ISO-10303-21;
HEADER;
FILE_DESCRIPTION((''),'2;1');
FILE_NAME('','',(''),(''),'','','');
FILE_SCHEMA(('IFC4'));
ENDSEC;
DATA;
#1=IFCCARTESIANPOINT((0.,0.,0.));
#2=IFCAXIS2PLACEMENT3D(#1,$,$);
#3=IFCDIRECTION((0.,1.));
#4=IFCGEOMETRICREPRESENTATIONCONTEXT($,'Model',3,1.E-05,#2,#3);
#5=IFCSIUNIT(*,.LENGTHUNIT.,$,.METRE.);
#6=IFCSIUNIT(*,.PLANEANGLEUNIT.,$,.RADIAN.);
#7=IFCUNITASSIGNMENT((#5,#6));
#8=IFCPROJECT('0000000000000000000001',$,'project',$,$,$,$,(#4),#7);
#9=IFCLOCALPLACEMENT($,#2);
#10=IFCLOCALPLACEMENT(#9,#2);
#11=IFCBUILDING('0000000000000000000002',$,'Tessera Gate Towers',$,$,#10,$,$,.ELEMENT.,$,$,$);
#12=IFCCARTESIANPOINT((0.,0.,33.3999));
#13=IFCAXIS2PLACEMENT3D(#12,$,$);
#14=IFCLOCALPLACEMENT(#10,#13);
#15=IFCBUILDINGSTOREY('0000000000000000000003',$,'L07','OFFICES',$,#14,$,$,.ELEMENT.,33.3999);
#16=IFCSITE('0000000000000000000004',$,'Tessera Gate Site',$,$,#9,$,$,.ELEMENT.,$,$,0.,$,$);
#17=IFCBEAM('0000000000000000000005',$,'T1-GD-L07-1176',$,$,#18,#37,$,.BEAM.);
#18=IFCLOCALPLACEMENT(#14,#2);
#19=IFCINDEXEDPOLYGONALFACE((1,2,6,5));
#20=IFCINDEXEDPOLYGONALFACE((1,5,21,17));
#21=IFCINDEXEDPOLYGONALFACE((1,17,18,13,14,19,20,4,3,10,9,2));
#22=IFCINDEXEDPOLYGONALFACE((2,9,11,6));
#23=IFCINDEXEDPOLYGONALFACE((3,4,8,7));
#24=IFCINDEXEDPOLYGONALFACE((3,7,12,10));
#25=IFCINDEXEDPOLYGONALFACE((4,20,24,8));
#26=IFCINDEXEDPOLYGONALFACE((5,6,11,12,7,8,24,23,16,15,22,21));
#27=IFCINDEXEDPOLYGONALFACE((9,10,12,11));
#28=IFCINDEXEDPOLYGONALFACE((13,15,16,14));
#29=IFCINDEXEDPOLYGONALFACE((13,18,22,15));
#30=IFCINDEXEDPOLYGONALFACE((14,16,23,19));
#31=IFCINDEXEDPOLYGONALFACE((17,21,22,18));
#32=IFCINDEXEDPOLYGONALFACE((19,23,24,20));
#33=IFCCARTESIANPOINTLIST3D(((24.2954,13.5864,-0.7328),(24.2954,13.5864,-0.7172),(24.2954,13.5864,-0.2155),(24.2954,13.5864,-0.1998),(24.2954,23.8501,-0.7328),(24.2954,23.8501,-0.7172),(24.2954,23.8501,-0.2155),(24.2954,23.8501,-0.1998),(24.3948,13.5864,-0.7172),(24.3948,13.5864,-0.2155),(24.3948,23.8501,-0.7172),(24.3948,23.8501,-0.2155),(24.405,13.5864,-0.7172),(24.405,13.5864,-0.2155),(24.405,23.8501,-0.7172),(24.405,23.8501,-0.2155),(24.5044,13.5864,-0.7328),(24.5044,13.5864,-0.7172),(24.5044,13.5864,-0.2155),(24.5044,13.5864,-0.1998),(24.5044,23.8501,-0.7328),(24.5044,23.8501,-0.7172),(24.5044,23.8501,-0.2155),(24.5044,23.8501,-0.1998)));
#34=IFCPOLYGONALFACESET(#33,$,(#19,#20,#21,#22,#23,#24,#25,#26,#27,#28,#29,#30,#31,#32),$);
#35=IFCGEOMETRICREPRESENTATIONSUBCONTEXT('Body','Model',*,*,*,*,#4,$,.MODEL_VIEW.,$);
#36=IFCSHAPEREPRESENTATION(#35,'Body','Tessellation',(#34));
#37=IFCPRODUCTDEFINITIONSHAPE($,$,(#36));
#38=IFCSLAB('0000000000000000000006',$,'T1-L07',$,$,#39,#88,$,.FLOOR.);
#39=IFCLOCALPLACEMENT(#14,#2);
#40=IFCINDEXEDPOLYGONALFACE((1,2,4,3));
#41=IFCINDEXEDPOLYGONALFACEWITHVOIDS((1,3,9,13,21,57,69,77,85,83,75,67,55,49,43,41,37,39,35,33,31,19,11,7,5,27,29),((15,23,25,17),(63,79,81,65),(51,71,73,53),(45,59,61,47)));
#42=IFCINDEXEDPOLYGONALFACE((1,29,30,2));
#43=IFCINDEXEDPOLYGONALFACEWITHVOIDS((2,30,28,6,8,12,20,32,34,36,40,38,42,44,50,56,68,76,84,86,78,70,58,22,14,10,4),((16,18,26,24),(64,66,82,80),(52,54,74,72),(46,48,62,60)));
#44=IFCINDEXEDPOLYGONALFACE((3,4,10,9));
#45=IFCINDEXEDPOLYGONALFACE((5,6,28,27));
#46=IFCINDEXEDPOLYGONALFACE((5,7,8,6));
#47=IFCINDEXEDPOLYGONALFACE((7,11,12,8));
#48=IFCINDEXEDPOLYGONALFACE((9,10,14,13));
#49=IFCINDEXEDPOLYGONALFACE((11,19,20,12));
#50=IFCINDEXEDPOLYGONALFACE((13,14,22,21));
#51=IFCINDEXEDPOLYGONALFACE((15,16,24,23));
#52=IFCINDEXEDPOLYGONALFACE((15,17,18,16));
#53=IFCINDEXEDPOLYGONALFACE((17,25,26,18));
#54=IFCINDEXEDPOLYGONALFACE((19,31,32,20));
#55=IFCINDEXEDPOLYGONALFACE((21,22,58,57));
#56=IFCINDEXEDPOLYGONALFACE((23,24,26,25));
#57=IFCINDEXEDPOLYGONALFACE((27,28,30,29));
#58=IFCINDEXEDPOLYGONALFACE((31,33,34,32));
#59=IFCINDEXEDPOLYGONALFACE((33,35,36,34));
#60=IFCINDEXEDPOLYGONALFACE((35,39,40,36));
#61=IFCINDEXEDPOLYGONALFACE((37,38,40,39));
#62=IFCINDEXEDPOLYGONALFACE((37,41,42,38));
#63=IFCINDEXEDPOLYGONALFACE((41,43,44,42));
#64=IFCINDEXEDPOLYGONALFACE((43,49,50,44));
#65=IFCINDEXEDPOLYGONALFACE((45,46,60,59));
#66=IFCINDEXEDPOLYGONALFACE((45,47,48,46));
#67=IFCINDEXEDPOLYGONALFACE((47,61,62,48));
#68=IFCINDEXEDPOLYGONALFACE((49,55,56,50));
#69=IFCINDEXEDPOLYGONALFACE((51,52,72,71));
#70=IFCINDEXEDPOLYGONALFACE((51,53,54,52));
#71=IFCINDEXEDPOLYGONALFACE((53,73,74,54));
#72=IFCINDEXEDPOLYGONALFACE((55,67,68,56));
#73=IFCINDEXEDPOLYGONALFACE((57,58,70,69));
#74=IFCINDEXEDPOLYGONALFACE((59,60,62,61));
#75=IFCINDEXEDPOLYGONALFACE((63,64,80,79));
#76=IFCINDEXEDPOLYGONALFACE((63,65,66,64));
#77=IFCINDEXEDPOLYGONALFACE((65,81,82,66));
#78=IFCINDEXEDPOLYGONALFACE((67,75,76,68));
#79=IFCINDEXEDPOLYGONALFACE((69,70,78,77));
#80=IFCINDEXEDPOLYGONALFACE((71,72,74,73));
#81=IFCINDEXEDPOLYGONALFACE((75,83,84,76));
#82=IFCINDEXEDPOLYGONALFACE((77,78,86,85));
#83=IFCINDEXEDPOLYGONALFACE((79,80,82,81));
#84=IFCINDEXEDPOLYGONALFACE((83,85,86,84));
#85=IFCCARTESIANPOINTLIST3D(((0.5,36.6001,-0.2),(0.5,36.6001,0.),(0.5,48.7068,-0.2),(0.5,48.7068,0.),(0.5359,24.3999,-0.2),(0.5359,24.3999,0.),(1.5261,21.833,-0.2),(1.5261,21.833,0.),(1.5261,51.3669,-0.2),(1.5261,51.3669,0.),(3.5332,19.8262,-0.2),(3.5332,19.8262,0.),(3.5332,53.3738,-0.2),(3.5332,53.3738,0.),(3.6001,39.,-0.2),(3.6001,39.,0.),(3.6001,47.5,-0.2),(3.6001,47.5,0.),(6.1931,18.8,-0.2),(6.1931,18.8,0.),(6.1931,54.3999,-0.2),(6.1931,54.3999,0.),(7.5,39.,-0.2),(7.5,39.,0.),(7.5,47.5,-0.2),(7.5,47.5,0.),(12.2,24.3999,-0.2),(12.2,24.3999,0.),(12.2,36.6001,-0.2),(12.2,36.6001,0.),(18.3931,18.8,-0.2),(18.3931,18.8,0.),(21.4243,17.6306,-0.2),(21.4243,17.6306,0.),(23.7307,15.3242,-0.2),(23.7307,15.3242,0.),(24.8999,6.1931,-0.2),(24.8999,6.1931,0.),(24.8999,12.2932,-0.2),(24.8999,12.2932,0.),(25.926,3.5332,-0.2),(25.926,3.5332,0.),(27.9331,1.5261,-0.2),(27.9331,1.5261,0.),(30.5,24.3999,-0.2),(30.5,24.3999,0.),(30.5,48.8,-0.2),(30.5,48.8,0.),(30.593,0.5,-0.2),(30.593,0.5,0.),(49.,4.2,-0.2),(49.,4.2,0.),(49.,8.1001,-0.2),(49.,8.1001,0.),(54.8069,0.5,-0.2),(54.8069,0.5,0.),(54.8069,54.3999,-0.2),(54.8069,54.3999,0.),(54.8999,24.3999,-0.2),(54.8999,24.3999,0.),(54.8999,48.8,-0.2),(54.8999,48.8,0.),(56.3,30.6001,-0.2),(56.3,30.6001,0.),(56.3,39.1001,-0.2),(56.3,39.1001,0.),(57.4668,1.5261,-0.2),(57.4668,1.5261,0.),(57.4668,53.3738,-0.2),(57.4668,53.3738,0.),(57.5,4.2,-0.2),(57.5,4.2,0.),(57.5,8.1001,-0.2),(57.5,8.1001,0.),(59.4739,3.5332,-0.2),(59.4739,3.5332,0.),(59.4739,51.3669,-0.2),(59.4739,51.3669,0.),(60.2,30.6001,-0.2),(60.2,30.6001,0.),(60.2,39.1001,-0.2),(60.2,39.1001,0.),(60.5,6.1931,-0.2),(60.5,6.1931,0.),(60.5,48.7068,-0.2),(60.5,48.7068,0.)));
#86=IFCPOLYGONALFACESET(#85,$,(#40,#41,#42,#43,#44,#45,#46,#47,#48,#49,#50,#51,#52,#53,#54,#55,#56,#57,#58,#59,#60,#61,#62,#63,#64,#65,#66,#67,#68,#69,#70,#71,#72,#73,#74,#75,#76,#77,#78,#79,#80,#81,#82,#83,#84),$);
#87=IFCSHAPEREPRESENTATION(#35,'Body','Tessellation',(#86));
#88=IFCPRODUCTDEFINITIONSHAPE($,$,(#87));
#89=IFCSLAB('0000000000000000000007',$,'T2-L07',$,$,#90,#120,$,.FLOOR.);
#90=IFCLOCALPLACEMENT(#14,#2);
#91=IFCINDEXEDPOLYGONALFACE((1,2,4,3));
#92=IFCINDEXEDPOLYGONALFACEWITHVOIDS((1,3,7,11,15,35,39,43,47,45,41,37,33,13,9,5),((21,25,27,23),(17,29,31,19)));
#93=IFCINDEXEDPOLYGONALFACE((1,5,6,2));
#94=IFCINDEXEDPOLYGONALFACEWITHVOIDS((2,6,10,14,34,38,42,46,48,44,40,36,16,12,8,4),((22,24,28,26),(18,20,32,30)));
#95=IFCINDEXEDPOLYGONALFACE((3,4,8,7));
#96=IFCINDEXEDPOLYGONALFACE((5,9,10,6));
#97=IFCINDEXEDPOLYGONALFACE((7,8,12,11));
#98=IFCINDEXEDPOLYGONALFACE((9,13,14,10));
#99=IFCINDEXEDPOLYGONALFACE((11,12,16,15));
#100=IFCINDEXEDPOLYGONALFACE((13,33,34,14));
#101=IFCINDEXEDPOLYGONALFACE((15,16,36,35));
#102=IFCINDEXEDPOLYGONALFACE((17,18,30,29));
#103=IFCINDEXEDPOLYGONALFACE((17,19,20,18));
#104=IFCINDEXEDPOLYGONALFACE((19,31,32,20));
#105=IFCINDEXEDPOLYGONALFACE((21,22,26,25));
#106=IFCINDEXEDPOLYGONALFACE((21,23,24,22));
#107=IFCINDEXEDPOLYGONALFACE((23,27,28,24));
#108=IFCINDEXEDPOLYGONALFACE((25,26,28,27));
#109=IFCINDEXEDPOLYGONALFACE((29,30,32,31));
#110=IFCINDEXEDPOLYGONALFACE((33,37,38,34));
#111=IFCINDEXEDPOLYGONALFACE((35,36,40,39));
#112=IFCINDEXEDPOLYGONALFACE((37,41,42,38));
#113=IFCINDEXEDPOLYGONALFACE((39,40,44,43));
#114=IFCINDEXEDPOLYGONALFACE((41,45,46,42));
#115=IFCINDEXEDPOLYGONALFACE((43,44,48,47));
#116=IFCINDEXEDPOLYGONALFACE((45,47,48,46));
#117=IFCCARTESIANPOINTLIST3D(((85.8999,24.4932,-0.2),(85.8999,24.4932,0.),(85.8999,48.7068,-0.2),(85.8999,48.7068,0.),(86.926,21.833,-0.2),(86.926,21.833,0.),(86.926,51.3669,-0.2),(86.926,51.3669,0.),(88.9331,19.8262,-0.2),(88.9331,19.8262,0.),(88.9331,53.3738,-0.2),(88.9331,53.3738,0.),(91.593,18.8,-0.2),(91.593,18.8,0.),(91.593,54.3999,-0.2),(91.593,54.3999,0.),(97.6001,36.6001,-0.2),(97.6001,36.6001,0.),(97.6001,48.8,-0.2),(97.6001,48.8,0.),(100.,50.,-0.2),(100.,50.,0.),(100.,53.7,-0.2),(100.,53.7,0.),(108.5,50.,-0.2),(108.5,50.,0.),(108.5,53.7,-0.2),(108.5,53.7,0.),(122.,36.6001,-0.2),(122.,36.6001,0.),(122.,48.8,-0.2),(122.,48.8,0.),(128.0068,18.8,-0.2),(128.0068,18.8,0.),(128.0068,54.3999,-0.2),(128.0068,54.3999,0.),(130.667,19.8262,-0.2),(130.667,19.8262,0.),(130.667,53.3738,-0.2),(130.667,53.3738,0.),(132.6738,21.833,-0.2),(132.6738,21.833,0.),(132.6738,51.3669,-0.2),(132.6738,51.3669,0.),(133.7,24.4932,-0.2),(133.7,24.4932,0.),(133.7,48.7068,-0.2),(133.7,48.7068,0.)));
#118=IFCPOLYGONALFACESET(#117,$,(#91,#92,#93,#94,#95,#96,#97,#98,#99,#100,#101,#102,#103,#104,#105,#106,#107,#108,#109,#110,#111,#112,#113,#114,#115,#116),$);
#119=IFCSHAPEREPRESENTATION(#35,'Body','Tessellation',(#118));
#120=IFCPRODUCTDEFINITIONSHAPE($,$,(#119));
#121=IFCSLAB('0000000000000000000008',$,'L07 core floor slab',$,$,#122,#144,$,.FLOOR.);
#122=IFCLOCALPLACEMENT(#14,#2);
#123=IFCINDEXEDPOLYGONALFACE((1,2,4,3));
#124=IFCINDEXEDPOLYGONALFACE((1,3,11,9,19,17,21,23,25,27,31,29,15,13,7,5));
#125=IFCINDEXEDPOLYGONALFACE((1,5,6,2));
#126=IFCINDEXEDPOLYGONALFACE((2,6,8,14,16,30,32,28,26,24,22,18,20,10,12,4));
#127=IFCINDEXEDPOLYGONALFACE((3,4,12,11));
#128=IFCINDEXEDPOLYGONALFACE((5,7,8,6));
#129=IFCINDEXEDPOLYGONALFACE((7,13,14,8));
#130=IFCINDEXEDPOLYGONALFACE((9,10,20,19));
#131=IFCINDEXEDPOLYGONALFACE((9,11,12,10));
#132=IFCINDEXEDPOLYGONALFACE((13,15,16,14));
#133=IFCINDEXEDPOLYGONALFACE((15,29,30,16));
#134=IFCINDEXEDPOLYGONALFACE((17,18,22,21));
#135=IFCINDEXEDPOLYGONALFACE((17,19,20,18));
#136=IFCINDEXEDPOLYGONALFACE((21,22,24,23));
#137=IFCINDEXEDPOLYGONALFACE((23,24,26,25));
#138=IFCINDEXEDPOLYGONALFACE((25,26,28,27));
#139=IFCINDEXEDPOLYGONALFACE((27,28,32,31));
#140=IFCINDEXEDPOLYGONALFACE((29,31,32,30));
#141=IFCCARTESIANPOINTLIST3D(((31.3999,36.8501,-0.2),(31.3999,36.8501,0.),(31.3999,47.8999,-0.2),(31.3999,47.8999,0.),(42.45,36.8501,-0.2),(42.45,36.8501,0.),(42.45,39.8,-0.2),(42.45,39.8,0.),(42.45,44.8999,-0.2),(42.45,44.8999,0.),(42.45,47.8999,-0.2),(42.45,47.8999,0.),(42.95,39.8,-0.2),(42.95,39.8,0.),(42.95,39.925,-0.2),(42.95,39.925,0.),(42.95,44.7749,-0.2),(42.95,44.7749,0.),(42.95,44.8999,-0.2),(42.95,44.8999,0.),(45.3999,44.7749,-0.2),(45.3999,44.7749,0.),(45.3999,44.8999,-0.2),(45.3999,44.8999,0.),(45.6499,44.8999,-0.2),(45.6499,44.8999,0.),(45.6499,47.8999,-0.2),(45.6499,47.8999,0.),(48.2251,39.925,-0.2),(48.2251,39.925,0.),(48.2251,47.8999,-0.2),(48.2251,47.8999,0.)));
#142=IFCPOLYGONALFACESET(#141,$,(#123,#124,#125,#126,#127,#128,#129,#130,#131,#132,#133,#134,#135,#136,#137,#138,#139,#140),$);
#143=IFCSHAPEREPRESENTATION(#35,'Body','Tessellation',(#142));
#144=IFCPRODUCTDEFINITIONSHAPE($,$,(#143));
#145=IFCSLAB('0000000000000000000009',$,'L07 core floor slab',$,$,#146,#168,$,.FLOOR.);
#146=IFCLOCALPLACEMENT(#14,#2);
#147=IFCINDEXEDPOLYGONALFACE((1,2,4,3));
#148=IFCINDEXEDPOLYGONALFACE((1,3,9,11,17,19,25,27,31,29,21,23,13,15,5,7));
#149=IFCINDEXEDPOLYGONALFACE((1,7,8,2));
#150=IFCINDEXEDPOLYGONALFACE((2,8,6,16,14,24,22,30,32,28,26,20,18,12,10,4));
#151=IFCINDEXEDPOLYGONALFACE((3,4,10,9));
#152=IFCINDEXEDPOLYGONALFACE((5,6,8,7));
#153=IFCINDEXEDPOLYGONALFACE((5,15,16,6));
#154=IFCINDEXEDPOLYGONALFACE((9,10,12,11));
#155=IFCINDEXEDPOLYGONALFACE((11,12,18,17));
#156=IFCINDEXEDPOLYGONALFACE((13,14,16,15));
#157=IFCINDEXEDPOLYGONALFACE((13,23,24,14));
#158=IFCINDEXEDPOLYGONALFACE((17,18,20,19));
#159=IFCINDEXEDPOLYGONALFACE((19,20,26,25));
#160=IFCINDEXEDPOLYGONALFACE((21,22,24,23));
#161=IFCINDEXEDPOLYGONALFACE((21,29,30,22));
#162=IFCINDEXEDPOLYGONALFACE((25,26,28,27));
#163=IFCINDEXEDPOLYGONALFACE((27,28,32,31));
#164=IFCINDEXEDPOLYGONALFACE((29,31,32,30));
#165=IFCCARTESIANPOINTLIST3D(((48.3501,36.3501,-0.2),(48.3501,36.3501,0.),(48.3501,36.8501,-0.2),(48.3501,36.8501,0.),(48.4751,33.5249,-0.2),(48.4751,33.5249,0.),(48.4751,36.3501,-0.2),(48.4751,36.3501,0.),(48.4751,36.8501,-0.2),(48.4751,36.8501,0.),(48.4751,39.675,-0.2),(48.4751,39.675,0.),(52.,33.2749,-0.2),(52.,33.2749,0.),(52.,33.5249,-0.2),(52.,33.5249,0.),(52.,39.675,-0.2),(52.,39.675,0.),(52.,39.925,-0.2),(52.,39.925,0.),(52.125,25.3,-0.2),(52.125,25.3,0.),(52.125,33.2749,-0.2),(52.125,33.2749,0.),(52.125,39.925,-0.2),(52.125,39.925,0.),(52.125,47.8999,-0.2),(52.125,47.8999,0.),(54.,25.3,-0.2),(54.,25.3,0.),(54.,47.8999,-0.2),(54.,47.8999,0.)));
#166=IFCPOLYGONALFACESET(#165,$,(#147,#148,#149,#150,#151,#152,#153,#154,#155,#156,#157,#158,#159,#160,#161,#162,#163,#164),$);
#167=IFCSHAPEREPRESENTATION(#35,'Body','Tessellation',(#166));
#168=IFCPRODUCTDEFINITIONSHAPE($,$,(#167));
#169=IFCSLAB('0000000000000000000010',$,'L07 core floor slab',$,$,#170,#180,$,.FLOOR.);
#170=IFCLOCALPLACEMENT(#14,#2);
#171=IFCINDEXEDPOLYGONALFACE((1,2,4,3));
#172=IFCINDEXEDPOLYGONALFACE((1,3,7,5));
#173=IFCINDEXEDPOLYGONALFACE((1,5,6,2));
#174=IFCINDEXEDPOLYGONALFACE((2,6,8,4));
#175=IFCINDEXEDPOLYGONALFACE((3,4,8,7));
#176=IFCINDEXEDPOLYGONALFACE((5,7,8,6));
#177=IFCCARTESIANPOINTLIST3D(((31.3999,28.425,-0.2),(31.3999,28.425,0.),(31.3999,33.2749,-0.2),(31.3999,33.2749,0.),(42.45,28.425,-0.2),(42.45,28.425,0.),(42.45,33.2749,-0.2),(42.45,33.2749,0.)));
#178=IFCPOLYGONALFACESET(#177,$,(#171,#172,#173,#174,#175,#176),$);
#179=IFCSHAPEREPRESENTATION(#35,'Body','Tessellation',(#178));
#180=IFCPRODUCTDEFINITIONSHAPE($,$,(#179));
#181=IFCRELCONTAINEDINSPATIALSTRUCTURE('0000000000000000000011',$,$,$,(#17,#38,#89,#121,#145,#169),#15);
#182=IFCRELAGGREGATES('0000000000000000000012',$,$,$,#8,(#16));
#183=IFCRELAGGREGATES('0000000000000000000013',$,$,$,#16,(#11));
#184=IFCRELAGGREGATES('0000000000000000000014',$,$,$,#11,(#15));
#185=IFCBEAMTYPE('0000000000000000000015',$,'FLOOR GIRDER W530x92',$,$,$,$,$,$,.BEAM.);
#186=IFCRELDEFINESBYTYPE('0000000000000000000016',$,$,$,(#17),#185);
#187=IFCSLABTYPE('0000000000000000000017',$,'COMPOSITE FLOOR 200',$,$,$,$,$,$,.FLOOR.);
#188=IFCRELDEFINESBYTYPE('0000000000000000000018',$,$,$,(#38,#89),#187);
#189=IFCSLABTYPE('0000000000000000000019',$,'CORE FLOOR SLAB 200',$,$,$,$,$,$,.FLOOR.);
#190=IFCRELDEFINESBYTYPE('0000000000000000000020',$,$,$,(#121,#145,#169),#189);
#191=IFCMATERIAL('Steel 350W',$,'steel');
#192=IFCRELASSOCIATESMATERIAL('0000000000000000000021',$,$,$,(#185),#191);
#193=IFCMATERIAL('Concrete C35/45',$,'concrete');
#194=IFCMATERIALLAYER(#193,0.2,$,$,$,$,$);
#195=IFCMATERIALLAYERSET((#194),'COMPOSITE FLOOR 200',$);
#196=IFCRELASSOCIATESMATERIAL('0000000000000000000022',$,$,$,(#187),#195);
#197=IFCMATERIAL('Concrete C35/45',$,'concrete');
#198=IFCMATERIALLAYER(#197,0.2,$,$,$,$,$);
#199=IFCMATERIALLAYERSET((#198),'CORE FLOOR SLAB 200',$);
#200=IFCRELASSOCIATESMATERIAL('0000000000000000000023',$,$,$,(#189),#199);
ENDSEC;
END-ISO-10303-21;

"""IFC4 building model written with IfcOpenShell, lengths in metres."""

from ifc_helpers import new_model, si_unit, direction, frame, origin, origin_2d, place, context, subcontext, project, spatial, polyline, i_section, outline, extrude, material, layer, layer_set, material_profile, profile_set, type_object, element, save


model = new_model("IFC4")

# Units and contexts
model_context = context("Model", 3, precision=1e-05, world=origin(), true_north=direction((0.0, 1.0)))
body_context = subcontext(model_context, "Body", "Model", "MODEL_VIEW")
ifc_project = project(units=[si_unit("LENGTHUNIT", "METRE"), si_unit("PLANEANGLEUNIT", "RADIAN")], contexts=[model_context])

# Site, building, storey
site_placement = place(None, origin())
site = spatial("IfcSite", under=ifc_project, at=site_placement, Name="Tessera Gate Site", CompositionType="ELEMENT", RefElevation=0.0)
building_placement = place(site_placement, origin())
building = spatial("IfcBuilding", under=site, at=building_placement, Name="Tessera Gate Towers", CompositionType="ELEMENT")
storey_placement = place(building_placement, frame((0.0, 0.0, 33.3999)))
storey = spatial("IfcBuildingStorey", under=building, at=storey_placement, Name="L07", Description="OFFICES", CompositionType="ELEMENT", Elevation=33.3999)

# Beam
ifc_material_1 = material(Name="Steel 350W", Category="steel")
ifc_material_profile = material_profile(ifc_material_1, i_section(OverallWidth=0.209, OverallDepth=0.533, WebThickness=0.0103, FlangeThickness=0.0156, at=origin_2d()), Name="W530x92")
ifc_profile_set = profile_set([ifc_material_profile], Name="Steel 350W")
beam_type = type_object("IfcBeamType", Name="FLOOR GIRDER W530x92", PredefinedType="BEAM", material=ifc_profile_set)
beam_placement = place(storey_placement, frame((24.3999, 13.5864, -0.4663), z_axis=(0.0, 1.0, 0.0), x_axis=(-1.0, 0.0, 0.0)))
element("IfcBeam", 1, at=beam_placement, inside=storey, type_object=beam_type, Name="T1-GD-L07-1176", PredefinedType="BEAM", context=body_context, shape_type="SweptSolid", body=[
    extrude(i_section(OverallWidth=0.209, OverallDepth=0.533, WebThickness=0.0103, FlangeThickness=0.0156, at=origin_2d()), origin(), (0.0, 0.0, 1.0), 10.2637),
])

# Slabs
ifc_material_2 = material(Name="Concrete C35/45", Category="concrete")
ifc_layer_1 = layer(ifc_material_2, 0.2)
ifc_layer_set_1 = layer_set([ifc_layer_1], Name="COMPOSITE FLOOR 200")
slab_type_1 = type_object("IfcSlabType", Name="COMPOSITE FLOOR 200", PredefinedType="FLOOR", material=ifc_layer_set_1)
slab_1_placement = place(storey_placement, frame((0.0, 0.0, -0.2)))
element("IfcSlab", 2, at=slab_1_placement, inside=storey, type_object=slab_type_1, Name="T1-L07", PredefinedType="FLOOR", context=body_context, shape_type="SweptSolid", body=[
    extrude(outline(polyline([(0.5, 36.6001), (12.2, 36.6001), (12.2, 24.3999), (0.5359, 24.3999), (1.5261, 21.833), (3.5332, 19.8262), (6.1931, 18.8), (18.3931, 18.8), (21.4243, 17.6306), (23.7307, 15.3242), (24.8999, 12.2932), (24.8999, 6.1931), (25.926, 3.5332), (27.9331, 1.5261), (30.593, 0.5), (54.8069, 0.5), (57.4668, 1.5261), (59.4739, 3.5332), (60.5, 6.1931), (60.5, 48.7068), (59.4739, 51.3669), (57.4668, 53.3738), (54.8069, 54.3999), (6.1931, 54.3999), (3.5332, 53.3738), (1.5261, 51.3669), (0.5, 48.7068), (0.5, 36.6001)]), holes=[polyline([(3.6001, 39.0), (3.6001, 47.5), (7.5, 47.5), (7.5, 39.0), (3.6001, 39.0)]), polyline([(30.5, 24.3999), (30.5, 48.8), (54.8999, 48.8), (54.8999, 24.3999), (30.5, 24.3999)]), polyline([(49.0, 4.2), (49.0, 8.1001), (57.5, 8.1001), (57.5, 4.2), (49.0, 4.2)]), polyline([(56.3, 30.6001), (56.3, 39.1001), (60.2, 39.1001), (60.2, 30.6001), (56.3, 30.6001)])]), origin(), (0.0, 0.0, 1.0), 0.2),
])
slab_2_placement = place(storey_placement, frame((0.0, 0.0, -0.2)))
element("IfcSlab", 3, at=slab_2_placement, inside=storey, type_object=slab_type_1, Name="T2-L07", PredefinedType="FLOOR", context=body_context, shape_type="SweptSolid", body=[
    extrude(outline(polyline([(85.8999, 24.4932), (86.926, 21.833), (88.9331, 19.8262), (91.593, 18.8), (128.0068, 18.8), (130.667, 19.8262), (132.6738, 21.833), (133.7, 24.4932), (133.7, 48.7068), (132.6738, 51.3669), (130.667, 53.3738), (128.0068, 54.3999), (91.593, 54.3999), (88.9331, 53.3738), (86.926, 51.3669), (85.8999, 48.7068), (85.8999, 24.4932)]), holes=[polyline([(97.6001, 36.6001), (97.6001, 48.8), (122.0, 48.8), (122.0, 36.6001), (97.6001, 36.6001)]), polyline([(100.0, 50.0), (100.0, 53.7), (108.5, 53.7), (108.5, 50.0), (100.0, 50.0)])]), origin(), (0.0, 0.0, 1.0), 0.2),
])
ifc_material_3 = material(Name="Concrete C35/45", Category="concrete")
ifc_layer_2 = layer(ifc_material_3, 0.2)
ifc_layer_set_2 = layer_set([ifc_layer_2], Name="CORE FLOOR SLAB 200")
slab_type_2 = type_object("IfcSlabType", Name="CORE FLOOR SLAB 200", PredefinedType="FLOOR", material=ifc_layer_set_2)
slab_3_placement = place(storey_placement, frame((0.0, 0.0, -0.2)))
element("IfcSlab", 4, at=slab_3_placement, inside=storey, type_object=slab_type_2, Name="L07 core floor slab", PredefinedType="FLOOR", context=body_context, shape_type="SweptSolid", body=[
    extrude(outline(polyline([(31.3999, 47.8999), (31.3999, 36.8501), (42.45, 36.8501), (42.45, 39.8), (42.95, 39.8), (42.95, 39.925), (48.2251, 39.925), (48.2251, 47.8999), (45.6499, 47.8999), (45.6499, 44.8999), (45.3999, 44.8999), (45.3999, 44.7749), (42.95, 44.7749), (42.95, 44.8999), (42.45, 44.8999), (42.45, 47.8999), (31.3999, 47.8999)])), origin(), (0.0, 0.0, 1.0), 0.2),
])
slab_4_placement = place(storey_placement, frame((0.0, 0.0, -0.2)))
element("IfcSlab", 5, at=slab_4_placement, inside=storey, type_object=slab_type_2, Name="L07 core floor slab", PredefinedType="FLOOR", context=body_context, shape_type="SweptSolid", body=[
    extrude(outline(polyline([(48.3501, 36.8501), (48.3501, 36.3501), (48.4751, 36.3501), (48.4751, 33.5249), (52.0, 33.5249), (52.0, 33.2749), (52.125, 33.2749), (52.125, 25.3), (54.0, 25.3), (54.0, 47.8999), (52.125, 47.8999), (52.125, 39.925), (52.0, 39.925), (52.0, 39.675), (48.4751, 39.675), (48.4751, 36.8501), (48.3501, 36.8501)])), origin(), (0.0, 0.0, 1.0), 0.2),
])
slab_5_placement = place(storey_placement, frame((0.0, 0.0, -0.2)))
element("IfcSlab", 6, at=slab_5_placement, inside=storey, type_object=slab_type_2, Name="L07 core floor slab", PredefinedType="FLOOR", context=body_context, shape_type="SweptSolid", body=[
    extrude(outline(polyline([(42.45, 28.425), (42.45, 33.2749), (31.3999, 33.2749), (31.3999, 28.425), (42.45, 28.425)])), origin(), (0.0, 0.0, 1.0), 0.2),
])

save(model, "model.ifc")
